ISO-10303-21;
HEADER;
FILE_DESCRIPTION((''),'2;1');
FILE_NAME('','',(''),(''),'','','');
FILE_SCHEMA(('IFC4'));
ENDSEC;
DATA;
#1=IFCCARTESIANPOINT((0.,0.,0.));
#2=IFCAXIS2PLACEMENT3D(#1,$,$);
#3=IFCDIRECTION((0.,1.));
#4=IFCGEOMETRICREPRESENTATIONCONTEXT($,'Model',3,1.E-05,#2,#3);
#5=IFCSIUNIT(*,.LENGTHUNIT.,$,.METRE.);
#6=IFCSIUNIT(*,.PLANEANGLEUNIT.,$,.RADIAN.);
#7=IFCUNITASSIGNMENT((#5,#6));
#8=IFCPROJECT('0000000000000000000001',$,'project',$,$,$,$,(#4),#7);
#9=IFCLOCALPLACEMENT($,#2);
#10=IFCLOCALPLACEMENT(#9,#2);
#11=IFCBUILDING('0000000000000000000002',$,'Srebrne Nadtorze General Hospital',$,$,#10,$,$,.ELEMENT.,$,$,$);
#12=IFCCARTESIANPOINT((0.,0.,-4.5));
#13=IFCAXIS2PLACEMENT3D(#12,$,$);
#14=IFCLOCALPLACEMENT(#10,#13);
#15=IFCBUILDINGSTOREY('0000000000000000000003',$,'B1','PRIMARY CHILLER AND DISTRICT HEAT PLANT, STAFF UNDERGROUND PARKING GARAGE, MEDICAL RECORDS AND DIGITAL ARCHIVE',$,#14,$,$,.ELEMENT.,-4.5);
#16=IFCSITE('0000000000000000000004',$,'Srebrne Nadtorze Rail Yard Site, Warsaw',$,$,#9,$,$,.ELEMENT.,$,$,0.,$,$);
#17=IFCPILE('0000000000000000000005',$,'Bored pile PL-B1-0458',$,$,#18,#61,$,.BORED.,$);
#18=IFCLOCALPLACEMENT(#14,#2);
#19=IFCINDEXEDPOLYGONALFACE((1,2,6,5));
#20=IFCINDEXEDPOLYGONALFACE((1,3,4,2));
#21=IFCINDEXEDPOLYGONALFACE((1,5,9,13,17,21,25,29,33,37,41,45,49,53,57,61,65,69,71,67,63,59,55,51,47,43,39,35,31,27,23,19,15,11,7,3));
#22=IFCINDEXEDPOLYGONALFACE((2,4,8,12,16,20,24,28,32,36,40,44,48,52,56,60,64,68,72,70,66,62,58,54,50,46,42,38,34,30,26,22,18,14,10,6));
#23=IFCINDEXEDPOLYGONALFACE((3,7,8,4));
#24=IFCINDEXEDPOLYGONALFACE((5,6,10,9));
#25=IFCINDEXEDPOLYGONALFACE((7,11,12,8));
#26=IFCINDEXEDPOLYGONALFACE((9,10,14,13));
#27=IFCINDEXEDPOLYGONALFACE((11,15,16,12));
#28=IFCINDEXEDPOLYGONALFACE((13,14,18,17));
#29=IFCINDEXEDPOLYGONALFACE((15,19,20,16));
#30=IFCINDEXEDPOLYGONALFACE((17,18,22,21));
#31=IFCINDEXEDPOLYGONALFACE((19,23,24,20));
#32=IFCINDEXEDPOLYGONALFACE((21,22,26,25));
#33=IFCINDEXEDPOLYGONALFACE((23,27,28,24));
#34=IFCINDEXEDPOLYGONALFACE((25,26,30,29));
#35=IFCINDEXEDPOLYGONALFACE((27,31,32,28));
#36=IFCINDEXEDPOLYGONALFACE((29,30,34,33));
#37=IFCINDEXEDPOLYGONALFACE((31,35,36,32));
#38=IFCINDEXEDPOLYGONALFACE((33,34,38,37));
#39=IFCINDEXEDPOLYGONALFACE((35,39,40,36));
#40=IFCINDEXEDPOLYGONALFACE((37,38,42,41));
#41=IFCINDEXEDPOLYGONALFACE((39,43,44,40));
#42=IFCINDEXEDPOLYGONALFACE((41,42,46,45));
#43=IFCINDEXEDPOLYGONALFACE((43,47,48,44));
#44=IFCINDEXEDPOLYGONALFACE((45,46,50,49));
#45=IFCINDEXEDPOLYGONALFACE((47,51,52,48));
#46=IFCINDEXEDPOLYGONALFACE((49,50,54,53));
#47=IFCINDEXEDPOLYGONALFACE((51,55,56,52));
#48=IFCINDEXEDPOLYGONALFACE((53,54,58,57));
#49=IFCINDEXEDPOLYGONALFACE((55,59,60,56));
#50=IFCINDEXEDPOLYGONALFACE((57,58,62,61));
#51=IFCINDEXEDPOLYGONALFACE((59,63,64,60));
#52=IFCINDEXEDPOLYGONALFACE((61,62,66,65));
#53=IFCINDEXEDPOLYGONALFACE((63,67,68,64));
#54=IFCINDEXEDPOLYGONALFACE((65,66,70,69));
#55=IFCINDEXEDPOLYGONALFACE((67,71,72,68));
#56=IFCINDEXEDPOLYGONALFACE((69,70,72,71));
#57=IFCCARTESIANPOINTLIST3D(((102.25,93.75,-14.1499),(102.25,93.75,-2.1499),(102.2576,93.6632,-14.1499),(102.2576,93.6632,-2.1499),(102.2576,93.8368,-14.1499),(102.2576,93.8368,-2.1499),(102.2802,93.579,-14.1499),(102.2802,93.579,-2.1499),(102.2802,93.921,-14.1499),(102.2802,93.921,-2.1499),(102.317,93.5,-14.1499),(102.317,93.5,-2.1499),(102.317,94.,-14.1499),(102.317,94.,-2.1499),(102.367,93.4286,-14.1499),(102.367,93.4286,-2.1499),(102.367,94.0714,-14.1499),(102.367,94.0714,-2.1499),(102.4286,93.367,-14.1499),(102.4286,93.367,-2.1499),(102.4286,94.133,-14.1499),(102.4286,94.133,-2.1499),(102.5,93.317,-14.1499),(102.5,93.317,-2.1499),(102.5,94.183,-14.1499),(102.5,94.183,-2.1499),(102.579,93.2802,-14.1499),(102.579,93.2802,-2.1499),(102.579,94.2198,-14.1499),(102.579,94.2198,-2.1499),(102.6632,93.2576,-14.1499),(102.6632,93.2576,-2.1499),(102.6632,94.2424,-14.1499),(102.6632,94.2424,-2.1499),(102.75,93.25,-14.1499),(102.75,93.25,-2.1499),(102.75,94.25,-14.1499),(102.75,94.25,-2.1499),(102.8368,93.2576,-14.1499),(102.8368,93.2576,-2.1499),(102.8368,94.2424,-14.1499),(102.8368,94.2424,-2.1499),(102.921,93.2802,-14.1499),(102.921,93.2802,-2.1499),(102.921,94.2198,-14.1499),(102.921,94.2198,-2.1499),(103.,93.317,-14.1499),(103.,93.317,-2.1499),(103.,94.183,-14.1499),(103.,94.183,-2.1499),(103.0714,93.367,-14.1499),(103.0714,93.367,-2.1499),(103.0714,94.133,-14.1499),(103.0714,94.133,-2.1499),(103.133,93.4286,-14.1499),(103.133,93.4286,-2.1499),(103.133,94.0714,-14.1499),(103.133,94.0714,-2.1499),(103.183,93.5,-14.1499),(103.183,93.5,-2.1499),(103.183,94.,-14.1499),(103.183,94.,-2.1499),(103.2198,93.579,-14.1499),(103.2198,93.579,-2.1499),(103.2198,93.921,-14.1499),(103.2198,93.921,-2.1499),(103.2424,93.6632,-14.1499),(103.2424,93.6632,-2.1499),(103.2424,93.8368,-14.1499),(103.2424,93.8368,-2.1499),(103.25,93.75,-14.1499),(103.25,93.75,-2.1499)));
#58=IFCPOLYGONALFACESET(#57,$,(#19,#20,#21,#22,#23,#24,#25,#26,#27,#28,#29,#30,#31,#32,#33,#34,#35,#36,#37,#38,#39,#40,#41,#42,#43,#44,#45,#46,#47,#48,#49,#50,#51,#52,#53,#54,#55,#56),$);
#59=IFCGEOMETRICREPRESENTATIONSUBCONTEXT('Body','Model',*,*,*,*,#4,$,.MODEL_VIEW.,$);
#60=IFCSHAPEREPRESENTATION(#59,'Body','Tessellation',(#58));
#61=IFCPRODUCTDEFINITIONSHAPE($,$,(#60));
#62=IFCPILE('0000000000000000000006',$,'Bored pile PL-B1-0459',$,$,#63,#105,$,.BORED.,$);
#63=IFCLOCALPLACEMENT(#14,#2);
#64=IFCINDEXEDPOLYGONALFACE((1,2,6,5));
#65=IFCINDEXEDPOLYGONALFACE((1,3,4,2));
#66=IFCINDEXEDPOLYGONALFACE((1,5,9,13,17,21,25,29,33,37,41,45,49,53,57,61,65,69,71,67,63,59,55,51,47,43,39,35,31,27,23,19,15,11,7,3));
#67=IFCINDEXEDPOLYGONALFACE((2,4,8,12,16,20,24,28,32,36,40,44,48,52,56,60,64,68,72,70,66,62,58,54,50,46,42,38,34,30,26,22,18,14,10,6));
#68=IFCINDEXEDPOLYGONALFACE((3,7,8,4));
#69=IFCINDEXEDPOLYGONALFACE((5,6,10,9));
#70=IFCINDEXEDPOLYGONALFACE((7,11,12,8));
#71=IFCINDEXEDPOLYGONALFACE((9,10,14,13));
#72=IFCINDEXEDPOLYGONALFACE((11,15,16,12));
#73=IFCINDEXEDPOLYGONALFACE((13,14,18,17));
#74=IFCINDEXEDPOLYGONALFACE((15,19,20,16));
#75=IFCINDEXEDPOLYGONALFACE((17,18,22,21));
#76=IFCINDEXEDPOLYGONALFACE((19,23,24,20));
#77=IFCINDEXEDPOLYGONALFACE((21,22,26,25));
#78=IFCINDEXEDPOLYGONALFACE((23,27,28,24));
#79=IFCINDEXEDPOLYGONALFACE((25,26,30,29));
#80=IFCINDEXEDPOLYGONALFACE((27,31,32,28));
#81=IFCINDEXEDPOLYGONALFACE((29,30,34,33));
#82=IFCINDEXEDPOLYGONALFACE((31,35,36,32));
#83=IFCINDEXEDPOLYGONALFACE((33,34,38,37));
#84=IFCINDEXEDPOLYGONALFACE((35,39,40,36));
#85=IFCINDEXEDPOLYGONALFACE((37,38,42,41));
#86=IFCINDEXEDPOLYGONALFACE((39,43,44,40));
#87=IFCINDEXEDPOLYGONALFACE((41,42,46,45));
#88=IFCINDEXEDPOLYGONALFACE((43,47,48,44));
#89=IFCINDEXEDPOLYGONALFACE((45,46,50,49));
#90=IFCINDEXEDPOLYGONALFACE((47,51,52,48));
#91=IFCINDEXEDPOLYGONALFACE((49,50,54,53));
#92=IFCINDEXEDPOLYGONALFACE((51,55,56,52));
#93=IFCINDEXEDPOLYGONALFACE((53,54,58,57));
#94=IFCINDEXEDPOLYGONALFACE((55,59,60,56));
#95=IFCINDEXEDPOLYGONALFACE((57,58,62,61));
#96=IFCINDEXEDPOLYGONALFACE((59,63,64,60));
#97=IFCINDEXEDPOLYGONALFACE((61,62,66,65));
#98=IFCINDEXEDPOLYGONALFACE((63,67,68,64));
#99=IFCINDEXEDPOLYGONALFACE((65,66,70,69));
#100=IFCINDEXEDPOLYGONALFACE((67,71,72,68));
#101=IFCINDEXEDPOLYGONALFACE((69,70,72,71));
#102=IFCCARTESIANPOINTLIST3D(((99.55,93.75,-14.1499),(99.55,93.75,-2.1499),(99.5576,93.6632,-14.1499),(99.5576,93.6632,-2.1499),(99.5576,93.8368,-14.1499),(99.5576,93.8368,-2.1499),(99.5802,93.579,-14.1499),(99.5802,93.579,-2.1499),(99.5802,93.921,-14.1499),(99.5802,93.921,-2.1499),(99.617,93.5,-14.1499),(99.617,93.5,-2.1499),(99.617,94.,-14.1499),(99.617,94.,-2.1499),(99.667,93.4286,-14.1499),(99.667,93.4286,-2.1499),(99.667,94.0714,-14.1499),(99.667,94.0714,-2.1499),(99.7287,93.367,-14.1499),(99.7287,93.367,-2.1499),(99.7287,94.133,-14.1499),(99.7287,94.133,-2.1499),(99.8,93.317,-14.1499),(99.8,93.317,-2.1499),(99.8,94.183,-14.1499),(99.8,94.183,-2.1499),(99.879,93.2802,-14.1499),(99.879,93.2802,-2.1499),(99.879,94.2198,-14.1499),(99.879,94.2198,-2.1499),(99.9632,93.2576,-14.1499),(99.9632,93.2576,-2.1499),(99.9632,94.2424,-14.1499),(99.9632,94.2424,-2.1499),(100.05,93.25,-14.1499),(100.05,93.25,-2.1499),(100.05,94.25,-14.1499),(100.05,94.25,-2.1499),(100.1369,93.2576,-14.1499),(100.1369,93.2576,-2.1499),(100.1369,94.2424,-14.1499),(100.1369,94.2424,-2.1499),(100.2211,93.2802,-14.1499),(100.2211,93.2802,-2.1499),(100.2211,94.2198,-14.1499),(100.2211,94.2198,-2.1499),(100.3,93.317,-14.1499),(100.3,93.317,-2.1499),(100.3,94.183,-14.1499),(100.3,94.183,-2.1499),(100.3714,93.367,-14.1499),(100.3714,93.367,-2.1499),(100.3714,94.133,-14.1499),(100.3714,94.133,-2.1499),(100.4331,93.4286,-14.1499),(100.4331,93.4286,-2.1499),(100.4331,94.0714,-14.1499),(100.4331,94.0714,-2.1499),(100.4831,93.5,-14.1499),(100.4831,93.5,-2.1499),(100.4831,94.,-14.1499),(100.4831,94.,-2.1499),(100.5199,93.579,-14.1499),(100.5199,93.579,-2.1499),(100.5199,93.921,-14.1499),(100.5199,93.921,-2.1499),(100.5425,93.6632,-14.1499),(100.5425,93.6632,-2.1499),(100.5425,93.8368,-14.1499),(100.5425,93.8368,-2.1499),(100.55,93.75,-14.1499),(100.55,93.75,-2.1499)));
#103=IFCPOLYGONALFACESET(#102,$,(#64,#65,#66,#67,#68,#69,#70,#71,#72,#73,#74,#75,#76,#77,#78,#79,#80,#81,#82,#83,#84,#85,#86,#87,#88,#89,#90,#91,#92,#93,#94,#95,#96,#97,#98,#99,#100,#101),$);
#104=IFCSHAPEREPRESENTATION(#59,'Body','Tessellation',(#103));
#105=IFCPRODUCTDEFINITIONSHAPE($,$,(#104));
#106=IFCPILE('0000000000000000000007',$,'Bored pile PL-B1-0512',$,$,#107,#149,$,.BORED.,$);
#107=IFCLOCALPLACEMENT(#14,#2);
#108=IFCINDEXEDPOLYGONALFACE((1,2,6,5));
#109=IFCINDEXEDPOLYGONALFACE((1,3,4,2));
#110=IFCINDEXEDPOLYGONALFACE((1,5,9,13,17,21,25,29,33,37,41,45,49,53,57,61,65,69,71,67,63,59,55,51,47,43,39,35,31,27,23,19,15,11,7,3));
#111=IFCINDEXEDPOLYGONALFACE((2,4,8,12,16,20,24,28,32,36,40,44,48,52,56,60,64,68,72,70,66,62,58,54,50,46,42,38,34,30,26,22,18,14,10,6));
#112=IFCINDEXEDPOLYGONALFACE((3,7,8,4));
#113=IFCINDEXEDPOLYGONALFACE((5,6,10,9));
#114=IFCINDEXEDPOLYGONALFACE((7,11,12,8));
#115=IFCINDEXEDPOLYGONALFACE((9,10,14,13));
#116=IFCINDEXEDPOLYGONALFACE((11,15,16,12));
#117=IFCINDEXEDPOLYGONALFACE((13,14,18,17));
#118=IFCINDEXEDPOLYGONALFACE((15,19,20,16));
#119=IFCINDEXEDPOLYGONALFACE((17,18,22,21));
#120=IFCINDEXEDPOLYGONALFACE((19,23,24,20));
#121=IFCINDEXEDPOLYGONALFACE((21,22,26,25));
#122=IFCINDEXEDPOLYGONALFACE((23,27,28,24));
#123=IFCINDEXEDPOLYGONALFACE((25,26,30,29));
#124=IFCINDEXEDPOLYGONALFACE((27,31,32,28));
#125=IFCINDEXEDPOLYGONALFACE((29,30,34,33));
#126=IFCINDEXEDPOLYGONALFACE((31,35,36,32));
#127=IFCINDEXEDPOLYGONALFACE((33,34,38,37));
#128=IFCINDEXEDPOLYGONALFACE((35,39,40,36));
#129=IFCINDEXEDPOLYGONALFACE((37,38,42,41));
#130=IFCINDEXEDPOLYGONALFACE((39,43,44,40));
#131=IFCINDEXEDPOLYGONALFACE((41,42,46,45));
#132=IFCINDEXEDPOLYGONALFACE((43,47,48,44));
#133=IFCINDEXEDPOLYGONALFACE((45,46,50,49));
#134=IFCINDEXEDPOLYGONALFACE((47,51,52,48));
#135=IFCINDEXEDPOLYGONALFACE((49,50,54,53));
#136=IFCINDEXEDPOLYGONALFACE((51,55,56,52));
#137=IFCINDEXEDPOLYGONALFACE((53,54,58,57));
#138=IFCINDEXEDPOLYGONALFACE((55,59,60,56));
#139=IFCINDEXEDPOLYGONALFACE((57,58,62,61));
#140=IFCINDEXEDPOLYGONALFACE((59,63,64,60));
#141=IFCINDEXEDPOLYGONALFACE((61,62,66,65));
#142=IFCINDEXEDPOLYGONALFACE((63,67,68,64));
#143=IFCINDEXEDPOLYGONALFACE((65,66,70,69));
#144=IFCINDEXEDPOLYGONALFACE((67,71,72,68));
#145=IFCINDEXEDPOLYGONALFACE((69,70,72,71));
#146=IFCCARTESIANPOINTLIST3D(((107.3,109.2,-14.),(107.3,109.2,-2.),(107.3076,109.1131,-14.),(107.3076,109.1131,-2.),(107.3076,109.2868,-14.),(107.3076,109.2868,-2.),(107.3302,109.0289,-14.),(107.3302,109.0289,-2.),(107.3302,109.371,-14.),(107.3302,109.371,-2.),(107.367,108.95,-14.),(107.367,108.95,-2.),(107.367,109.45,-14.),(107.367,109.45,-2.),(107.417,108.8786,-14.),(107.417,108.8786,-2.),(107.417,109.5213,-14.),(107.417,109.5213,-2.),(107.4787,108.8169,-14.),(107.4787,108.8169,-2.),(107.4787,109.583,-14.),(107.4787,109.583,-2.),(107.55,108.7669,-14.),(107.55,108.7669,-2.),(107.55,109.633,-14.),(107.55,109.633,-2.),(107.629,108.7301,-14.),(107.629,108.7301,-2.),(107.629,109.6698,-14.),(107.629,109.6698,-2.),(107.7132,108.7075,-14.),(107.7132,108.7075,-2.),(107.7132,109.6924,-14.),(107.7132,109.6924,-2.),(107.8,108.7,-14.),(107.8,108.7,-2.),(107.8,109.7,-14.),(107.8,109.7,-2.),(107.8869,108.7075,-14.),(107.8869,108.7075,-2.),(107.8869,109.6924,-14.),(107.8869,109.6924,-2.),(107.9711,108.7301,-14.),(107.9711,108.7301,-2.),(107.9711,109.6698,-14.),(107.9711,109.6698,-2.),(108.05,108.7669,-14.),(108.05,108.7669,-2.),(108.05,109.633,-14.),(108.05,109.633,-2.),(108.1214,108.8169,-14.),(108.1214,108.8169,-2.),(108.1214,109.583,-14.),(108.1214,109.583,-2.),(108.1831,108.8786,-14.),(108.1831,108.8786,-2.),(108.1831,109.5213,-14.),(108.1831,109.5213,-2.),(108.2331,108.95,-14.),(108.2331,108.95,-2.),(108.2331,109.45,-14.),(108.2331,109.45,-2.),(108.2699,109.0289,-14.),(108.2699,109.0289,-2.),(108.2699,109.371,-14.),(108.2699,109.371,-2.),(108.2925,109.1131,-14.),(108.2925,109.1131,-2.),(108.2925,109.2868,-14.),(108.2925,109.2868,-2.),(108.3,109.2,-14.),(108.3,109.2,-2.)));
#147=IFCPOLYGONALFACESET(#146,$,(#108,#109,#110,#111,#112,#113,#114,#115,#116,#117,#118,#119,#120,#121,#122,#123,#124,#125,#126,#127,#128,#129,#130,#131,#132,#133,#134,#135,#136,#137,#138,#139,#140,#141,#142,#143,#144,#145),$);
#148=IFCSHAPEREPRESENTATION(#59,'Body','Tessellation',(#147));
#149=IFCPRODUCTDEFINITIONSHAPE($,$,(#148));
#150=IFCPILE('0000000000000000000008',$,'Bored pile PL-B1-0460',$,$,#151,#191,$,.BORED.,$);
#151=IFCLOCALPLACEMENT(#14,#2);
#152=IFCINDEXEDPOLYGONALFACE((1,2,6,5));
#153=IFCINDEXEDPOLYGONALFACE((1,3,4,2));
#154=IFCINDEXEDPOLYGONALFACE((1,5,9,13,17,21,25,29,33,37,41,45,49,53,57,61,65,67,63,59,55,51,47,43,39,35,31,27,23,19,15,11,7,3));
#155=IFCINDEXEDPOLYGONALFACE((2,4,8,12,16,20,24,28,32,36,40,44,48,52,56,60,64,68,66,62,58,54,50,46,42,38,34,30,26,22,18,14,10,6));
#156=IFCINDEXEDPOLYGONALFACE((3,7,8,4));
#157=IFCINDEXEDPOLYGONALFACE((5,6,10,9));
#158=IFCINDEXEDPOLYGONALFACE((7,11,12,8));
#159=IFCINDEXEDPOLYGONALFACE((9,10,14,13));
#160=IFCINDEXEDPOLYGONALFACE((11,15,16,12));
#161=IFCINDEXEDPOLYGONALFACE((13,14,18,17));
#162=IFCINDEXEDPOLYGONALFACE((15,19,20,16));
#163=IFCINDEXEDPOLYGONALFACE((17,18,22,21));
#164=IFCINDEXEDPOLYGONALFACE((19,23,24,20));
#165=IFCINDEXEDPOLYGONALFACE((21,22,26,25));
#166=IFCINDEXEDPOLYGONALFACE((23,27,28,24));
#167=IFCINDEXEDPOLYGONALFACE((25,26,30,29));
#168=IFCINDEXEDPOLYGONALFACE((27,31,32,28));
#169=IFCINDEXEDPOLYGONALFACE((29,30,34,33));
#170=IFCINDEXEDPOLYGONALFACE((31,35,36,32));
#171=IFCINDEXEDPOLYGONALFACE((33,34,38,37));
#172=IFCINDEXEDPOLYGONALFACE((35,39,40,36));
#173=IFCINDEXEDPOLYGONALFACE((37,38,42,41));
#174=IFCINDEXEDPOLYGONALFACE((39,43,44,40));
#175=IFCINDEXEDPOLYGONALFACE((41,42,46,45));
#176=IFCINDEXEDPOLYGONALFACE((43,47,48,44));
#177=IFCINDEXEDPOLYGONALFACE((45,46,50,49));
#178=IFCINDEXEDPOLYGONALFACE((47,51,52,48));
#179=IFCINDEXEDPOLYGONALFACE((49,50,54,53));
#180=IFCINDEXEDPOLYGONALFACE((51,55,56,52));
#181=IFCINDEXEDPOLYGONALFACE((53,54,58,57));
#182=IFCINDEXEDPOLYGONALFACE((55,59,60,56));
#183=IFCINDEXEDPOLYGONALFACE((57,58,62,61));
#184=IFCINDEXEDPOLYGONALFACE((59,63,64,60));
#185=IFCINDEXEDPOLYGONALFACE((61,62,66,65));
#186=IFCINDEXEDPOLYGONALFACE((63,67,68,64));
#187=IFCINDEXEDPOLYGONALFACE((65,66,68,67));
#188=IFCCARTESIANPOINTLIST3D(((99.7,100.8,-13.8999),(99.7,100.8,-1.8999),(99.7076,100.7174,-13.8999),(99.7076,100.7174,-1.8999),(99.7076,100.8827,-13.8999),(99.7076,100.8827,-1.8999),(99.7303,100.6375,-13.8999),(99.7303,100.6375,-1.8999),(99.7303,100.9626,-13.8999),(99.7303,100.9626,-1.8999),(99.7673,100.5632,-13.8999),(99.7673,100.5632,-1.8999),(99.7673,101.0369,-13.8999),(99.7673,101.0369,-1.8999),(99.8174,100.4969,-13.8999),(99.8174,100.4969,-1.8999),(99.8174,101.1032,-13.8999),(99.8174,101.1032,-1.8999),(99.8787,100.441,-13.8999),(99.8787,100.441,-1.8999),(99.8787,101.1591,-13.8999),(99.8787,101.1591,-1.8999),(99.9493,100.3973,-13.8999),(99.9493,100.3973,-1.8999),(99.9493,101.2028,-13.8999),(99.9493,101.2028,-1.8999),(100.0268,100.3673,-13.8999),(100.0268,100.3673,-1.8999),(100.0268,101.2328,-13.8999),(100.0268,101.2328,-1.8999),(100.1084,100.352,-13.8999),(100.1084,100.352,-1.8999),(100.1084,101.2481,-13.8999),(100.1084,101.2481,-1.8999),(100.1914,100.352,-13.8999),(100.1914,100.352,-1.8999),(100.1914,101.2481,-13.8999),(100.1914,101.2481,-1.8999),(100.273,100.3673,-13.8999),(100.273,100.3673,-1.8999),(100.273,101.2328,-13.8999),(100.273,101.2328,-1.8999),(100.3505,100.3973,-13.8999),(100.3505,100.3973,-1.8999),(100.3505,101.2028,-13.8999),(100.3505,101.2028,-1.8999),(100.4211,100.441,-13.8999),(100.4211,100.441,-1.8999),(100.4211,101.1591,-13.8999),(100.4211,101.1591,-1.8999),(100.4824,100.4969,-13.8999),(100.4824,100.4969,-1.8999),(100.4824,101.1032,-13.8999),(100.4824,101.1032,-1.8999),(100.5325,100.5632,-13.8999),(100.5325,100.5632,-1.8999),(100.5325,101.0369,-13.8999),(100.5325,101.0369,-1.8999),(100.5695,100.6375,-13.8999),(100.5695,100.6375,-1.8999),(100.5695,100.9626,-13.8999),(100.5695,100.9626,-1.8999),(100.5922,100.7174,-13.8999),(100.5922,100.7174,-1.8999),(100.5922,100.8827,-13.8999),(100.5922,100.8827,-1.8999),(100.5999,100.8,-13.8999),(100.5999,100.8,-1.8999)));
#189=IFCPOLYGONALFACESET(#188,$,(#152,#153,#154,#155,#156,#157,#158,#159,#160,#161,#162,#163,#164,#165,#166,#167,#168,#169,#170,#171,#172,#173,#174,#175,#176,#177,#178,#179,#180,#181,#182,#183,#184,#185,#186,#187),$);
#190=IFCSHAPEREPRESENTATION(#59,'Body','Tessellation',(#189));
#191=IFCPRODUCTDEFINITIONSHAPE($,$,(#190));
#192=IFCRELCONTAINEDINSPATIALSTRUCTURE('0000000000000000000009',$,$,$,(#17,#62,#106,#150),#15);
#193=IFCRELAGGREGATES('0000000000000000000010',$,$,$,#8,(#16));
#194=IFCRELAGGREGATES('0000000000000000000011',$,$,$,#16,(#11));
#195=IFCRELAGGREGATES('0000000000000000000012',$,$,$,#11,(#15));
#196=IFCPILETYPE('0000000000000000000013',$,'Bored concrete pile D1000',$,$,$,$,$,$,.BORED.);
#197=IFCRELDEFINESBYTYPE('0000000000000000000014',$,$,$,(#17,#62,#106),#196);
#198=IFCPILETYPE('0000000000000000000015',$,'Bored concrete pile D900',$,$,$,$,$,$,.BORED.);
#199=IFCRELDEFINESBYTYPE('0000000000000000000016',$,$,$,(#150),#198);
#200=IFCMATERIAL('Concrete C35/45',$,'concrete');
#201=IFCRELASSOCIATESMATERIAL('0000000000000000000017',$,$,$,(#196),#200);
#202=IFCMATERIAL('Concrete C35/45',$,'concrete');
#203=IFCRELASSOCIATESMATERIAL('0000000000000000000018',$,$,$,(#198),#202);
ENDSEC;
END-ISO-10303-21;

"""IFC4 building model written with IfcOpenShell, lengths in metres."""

from ifc_helpers import new_model, si_unit, direction, frame, origin, origin_2d, place, context, subcontext, project, spatial, circle, extrude, material, material_profile, profile_set, type_object, element, save


model = new_model("IFC4")

# Units and contexts
model_context = context("Model", 3, precision=1e-05, world=origin(), true_north=direction((0.0, 1.0)))
body_context = subcontext(model_context, "Body", "Model", "MODEL_VIEW")
ifc_project = project(units=[si_unit("LENGTHUNIT", "METRE"), si_unit("PLANEANGLEUNIT", "RADIAN")], contexts=[model_context])

# Site, building, storey
site_placement = place(None, origin())
site = spatial("IfcSite", under=ifc_project, at=site_placement, Name="Srebrne Nadtorze Rail Yard Site, Warsaw", CompositionType="ELEMENT", RefElevation=0.0)
building_placement = place(site_placement, origin())
building = spatial("IfcBuilding", under=site, at=building_placement, Name="Srebrne Nadtorze General Hospital", CompositionType="ELEMENT")
storey_placement = place(building_placement, frame((0.0, 0.0, -4.5)))
storey = spatial("IfcBuildingStorey", under=building, at=storey_placement, Name="B1", Description="PRIMARY CHILLER AND DISTRICT HEAT PLANT, STAFF UNDERGROUND PARKING GARAGE, MEDICAL RECORDS AND DIGITAL ARCHIVE", CompositionType="ELEMENT", Elevation=-4.5)

# Piles
ifc_material_1 = material(Name="Concrete C35/45", Category="concrete")
ifc_material_profile_1 = material_profile(ifc_material_1, circle(Radius=0.5, at=origin_2d()), Name="PILE-D1000")
ifc_profile_set_1 = profile_set([ifc_material_profile_1], Name="Concrete C35/45")
pile_type_1 = type_object("IfcPileType", Name="Bored concrete pile D1000", PredefinedType="BORED", material=ifc_profile_set_1)
for number, where, z_axis, x_axis, name in (
    (1, (102.75, 93.75, -2.1499), (0.0, 0.0, -1.0), (1.0, 0.0, 0.0), "Bored pile PL-B1-0458"),
    (2, (100.05, 93.75, -2.1499), (0.0, 0.0, -1.0), (1.0, 0.0, 0.0), "Bored pile PL-B1-0459"),
    (3, (107.8, 109.2, -2.0), (0.0, 0.0, -1.0), (1.0, 0.0, 0.0), "Bored pile PL-B1-0512"),
):
    element("IfcPile", number, at=place(storey_placement, frame(where, z_axis=z_axis, x_axis=x_axis)), inside=storey, type_object=pile_type_1, Name=name, PredefinedType="BORED", context=body_context, shape_type="SweptSolid", body=[
        extrude(circle(Radius=0.5, at=origin_2d()), origin(), (0.0, 0.0, 1.0), 12.0),
    ])
ifc_material_2 = material(Name="Concrete C35/45", Category="concrete")
ifc_material_profile_2 = material_profile(ifc_material_2, circle(Radius=0.45, at=origin_2d()), Name="PILE-D900")
ifc_profile_set_2 = profile_set([ifc_material_profile_2], Name="Concrete C35/45")
pile_type_2 = type_object("IfcPileType", Name="Bored concrete pile D900", PredefinedType="BORED", material=ifc_profile_set_2)
for number, where, z_axis, x_axis, name in (
    (4, (100.1499, 100.8, -1.8999), (0.0, 0.0, -1.0), (1.0, 0.0, 0.0), "Bored pile PL-B1-0460"),
):
    element("IfcPile", number, at=place(storey_placement, frame(where, z_axis=z_axis, x_axis=x_axis)), inside=storey, type_object=pile_type_2, Name=name, PredefinedType="BORED", context=body_context, shape_type="SweptSolid", body=[
        extrude(circle(Radius=0.45, at=origin_2d()), origin(), (0.0, 0.0, 1.0), 12.0),
    ])

save(model, "model.ifc")
